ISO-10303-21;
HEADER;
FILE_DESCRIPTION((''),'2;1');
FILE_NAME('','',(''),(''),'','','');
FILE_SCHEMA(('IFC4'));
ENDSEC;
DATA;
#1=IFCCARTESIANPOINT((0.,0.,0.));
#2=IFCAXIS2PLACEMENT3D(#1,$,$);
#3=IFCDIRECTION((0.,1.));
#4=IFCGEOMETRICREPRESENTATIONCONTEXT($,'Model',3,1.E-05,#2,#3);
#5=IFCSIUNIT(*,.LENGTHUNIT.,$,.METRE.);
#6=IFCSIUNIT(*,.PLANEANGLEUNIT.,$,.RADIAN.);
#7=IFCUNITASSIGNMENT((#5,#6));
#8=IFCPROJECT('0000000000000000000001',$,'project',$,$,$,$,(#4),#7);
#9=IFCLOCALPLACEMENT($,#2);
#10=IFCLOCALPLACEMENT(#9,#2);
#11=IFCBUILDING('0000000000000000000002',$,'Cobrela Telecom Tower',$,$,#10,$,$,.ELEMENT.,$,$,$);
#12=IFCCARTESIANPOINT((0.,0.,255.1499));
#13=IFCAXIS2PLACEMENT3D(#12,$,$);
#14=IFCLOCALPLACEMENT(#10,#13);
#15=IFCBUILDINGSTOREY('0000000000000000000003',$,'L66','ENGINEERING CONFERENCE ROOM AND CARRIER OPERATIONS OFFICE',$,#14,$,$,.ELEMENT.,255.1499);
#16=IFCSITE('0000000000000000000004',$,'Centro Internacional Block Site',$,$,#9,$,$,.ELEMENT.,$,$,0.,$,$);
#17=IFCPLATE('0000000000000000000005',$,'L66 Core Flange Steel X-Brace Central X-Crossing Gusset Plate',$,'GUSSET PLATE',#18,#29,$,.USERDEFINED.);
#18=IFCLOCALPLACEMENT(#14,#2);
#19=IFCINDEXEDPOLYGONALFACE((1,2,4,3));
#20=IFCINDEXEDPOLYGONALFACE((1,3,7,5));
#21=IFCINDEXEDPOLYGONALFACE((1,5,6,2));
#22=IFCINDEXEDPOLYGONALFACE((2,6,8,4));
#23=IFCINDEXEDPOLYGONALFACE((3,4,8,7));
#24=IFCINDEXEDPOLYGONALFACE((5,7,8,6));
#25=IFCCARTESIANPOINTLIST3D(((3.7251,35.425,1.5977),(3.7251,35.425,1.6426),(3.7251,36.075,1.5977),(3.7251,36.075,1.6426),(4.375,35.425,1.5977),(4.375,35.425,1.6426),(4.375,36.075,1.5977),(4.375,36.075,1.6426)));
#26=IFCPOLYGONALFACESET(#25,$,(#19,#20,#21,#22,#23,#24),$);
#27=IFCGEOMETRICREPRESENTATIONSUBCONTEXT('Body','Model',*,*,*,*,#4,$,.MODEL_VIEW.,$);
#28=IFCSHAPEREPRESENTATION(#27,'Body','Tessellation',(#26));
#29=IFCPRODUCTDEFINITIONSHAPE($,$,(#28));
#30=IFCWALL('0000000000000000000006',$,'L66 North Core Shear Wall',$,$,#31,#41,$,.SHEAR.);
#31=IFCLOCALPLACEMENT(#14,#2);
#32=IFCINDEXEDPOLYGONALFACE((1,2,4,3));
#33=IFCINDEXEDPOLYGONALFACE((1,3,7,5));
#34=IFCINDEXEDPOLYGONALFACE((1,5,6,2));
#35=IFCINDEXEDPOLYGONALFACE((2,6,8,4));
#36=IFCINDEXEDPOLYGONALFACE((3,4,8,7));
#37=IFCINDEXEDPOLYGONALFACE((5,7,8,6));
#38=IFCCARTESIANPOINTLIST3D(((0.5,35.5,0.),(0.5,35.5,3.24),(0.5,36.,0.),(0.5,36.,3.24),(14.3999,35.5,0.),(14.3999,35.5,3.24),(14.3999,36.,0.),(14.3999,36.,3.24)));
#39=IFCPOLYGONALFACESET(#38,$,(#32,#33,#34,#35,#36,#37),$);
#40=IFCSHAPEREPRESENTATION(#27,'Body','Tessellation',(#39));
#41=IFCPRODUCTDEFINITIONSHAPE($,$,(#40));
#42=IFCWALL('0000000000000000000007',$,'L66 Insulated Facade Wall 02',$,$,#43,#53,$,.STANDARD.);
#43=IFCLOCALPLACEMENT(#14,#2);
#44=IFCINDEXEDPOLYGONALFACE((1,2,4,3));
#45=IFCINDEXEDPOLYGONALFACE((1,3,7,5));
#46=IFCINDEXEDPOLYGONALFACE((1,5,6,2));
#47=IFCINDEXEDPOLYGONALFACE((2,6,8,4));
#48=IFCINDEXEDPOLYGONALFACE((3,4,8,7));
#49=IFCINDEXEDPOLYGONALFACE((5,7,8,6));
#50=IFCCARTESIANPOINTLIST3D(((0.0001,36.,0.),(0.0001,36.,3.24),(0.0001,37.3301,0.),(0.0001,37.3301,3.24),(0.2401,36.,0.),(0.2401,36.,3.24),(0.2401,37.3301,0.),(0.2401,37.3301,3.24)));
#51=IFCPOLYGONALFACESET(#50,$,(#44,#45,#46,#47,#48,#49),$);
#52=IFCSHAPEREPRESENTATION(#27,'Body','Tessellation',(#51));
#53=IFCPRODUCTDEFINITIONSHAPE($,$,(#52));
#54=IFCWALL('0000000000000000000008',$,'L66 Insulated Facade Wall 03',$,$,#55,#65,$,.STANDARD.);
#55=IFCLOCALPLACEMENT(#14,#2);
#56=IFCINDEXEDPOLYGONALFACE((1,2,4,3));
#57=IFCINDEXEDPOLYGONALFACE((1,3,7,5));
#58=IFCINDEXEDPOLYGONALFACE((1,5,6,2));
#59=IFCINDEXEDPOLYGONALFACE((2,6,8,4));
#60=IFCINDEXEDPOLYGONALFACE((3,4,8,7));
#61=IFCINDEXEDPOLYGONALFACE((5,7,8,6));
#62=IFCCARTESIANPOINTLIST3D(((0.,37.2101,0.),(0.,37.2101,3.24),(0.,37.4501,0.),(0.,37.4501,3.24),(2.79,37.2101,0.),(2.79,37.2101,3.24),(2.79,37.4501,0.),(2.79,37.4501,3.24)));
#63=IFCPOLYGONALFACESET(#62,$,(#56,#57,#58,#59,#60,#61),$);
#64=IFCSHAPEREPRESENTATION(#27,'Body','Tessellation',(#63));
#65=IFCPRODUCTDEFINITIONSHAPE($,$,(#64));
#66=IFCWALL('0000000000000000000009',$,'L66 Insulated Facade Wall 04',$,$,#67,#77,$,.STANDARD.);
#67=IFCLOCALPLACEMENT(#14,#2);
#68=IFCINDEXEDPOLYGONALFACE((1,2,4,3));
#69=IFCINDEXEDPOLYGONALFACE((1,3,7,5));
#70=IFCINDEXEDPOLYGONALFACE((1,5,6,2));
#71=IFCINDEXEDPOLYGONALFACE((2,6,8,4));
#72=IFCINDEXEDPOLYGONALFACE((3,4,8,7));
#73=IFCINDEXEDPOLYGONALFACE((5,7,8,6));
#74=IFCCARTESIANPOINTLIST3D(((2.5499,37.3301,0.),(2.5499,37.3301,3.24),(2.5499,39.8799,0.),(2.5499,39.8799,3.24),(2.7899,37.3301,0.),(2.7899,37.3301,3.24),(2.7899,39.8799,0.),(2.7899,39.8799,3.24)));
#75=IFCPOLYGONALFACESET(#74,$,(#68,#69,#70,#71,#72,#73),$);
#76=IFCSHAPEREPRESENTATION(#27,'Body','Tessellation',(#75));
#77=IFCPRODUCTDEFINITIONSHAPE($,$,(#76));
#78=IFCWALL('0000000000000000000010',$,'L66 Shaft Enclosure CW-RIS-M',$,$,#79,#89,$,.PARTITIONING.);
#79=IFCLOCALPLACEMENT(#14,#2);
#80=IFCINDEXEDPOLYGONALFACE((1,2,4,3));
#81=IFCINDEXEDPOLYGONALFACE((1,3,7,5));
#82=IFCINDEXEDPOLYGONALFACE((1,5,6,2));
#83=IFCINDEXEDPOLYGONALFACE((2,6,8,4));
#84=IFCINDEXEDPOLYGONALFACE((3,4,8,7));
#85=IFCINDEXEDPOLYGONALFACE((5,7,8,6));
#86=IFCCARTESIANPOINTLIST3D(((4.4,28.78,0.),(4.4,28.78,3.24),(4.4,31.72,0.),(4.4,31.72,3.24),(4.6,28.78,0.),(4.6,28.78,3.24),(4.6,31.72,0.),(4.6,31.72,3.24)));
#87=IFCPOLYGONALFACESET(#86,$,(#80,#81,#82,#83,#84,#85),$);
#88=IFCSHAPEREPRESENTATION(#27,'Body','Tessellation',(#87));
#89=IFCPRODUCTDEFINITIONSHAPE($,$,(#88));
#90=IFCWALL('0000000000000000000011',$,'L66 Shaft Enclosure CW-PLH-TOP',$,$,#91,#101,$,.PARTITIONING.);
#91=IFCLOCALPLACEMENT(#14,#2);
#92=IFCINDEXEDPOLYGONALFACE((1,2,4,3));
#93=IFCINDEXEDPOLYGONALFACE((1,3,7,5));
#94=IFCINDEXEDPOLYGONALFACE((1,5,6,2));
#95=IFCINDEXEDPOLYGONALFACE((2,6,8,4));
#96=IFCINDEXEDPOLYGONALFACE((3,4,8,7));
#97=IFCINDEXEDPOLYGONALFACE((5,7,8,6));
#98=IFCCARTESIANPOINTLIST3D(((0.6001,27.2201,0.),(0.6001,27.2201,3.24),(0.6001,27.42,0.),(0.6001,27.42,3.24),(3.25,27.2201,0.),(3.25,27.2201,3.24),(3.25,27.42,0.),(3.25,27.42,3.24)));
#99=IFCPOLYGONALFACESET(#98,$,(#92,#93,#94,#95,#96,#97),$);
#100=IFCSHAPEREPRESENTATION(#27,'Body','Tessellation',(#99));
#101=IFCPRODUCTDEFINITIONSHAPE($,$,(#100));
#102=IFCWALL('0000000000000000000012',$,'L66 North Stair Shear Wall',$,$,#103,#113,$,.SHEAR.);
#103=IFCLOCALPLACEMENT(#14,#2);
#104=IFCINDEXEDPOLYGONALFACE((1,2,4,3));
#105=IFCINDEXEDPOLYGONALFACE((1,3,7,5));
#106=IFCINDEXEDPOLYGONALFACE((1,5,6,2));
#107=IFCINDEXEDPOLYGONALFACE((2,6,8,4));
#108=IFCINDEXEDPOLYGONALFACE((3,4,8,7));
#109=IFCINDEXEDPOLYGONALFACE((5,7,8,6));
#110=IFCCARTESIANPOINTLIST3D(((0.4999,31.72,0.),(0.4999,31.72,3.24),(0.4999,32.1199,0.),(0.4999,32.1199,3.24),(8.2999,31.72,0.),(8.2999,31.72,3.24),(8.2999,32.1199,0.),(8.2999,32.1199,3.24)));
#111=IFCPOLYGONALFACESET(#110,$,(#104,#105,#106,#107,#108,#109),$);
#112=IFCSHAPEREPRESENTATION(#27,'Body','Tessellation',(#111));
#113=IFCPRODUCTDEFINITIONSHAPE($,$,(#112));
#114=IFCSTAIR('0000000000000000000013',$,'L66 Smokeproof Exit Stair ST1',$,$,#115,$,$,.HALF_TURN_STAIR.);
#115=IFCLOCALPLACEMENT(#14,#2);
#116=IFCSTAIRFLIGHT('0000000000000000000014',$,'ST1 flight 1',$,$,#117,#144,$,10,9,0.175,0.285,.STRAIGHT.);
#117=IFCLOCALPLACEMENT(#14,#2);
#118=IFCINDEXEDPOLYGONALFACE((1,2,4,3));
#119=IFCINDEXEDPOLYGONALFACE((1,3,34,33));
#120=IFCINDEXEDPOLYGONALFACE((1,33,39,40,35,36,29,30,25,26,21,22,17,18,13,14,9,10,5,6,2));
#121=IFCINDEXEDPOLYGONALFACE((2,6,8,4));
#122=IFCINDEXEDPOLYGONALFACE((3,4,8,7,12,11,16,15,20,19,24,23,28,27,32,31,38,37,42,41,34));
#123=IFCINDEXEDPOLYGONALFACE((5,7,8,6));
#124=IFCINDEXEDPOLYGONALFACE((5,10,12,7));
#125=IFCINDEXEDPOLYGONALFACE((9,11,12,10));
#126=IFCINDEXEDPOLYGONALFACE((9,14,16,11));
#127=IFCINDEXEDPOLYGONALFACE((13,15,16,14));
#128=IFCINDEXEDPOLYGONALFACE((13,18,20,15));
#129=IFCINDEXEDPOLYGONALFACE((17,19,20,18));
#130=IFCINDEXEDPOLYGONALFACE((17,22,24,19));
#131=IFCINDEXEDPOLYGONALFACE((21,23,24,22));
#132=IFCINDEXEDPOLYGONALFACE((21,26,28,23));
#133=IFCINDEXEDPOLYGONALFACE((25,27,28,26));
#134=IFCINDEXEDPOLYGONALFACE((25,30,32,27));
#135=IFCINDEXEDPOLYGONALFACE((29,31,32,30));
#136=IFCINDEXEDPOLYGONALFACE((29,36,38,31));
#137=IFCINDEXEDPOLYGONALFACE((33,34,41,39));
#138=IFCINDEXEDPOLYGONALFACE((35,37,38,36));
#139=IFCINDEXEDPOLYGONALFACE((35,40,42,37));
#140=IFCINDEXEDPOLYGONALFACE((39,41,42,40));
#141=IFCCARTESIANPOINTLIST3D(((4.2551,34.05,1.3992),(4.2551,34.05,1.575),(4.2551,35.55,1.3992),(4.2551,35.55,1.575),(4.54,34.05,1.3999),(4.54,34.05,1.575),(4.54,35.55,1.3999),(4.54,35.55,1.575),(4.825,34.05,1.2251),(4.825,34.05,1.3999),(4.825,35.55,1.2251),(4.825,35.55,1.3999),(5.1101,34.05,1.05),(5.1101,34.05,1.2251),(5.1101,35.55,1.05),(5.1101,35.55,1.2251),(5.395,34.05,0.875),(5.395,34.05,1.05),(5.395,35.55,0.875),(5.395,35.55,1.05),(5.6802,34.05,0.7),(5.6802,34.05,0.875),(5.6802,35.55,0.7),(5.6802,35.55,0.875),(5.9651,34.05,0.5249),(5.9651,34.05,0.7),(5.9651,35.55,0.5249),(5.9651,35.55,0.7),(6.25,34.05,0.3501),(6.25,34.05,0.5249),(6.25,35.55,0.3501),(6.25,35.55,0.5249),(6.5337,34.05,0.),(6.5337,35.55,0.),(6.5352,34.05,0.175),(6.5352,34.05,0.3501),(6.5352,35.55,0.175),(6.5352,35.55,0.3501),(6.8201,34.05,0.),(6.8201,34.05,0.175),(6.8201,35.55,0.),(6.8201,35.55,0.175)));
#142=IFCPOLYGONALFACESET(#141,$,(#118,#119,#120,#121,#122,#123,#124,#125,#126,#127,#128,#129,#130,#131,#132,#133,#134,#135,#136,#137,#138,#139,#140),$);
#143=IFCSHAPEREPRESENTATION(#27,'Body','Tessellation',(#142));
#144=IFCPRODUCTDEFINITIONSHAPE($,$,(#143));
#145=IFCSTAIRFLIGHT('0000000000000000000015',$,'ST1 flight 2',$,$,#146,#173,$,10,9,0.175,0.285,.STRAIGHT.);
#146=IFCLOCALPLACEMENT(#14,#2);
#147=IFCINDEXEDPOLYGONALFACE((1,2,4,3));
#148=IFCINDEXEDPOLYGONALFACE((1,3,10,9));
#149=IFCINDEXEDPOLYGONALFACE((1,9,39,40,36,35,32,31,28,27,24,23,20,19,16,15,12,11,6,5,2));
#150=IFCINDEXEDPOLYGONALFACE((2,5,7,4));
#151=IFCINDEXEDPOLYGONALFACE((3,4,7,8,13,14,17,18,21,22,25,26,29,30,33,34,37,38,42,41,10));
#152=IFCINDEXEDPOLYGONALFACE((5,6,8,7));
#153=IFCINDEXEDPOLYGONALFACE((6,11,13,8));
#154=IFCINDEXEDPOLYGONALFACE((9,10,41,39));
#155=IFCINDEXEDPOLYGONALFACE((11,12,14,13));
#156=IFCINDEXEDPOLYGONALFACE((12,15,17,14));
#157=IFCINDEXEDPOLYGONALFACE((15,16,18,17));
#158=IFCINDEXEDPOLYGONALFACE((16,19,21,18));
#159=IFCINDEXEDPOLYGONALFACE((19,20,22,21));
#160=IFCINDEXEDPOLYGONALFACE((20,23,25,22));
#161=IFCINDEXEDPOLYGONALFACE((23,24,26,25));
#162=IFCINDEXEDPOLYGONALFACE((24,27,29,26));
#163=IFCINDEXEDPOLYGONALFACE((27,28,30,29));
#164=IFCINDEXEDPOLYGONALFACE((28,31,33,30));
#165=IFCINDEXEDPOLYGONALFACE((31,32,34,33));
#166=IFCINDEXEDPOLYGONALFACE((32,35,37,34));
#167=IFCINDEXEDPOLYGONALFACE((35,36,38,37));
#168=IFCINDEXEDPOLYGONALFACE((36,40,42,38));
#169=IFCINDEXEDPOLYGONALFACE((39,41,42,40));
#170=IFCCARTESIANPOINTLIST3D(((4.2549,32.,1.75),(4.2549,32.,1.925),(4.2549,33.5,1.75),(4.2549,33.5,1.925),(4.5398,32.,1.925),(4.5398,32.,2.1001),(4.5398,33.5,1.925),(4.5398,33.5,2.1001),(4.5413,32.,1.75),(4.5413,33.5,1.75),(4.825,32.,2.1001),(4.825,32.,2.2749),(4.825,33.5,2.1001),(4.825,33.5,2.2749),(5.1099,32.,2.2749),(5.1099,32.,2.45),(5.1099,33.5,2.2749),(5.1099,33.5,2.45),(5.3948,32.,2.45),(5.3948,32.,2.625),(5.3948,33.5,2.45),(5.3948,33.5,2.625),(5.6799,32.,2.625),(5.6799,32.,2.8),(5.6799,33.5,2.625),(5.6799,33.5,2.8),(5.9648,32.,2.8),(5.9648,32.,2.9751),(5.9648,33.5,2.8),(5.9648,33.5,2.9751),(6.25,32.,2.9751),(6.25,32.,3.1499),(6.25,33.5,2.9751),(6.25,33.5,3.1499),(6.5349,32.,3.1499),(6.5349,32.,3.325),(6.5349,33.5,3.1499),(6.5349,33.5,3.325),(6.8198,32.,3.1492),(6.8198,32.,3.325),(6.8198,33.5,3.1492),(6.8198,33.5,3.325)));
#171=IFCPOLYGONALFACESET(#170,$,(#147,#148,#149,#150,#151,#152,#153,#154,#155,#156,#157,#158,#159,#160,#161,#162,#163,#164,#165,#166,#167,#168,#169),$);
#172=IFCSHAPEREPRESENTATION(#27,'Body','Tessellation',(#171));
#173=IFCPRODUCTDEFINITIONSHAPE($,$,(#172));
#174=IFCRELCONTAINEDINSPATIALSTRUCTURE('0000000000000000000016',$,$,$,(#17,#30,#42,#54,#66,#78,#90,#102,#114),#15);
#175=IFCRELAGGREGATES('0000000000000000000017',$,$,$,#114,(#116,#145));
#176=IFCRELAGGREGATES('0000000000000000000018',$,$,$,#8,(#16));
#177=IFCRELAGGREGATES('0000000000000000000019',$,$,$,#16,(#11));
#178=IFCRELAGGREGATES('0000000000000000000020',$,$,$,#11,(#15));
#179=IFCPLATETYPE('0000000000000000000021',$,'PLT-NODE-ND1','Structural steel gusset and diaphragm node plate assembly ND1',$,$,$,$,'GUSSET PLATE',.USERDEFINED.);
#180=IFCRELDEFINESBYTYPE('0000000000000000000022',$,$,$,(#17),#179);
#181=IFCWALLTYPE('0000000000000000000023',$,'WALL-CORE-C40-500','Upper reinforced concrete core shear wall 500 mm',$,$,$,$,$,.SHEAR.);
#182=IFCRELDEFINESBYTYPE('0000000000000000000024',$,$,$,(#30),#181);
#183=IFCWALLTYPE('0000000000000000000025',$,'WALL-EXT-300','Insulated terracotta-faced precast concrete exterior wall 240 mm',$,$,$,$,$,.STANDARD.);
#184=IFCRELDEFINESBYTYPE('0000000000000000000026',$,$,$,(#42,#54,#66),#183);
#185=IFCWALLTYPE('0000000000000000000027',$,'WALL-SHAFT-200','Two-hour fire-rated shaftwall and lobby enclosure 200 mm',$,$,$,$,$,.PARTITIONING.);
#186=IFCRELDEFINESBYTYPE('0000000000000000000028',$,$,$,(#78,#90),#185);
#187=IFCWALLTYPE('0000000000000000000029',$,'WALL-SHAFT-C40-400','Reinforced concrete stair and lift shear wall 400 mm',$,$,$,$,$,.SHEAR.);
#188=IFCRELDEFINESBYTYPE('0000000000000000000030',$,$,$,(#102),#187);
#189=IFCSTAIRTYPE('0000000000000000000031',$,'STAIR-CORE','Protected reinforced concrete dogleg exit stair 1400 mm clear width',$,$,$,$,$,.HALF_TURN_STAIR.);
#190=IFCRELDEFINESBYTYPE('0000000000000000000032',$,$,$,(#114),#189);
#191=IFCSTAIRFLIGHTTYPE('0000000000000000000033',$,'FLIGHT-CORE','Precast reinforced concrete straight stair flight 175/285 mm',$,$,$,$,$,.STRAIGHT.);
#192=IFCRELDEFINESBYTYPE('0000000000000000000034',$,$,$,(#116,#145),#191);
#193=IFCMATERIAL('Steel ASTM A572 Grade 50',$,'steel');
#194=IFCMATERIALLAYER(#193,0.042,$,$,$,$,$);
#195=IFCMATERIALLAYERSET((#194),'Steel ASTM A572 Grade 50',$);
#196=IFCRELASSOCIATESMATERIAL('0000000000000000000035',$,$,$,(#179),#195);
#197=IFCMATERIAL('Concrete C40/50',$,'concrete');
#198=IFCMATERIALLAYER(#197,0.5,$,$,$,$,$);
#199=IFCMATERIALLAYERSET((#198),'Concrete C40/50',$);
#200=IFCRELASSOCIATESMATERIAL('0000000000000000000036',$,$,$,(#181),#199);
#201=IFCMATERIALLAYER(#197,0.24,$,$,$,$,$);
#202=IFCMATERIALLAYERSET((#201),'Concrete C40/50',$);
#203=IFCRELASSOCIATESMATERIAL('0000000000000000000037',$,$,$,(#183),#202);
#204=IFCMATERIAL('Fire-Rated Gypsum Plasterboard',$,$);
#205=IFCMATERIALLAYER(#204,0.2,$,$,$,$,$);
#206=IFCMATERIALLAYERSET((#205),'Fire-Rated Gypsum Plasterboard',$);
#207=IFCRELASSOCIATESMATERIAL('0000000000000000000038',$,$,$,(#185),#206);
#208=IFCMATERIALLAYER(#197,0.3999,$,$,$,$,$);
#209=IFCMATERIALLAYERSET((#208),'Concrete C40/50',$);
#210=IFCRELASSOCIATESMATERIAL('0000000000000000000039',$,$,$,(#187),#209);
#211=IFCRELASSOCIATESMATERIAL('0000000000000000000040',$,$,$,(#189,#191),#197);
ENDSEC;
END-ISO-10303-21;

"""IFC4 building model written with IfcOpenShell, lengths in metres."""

from ifc_helpers import new_model, si_unit, direction, frame, frame_2d, origin, origin_2d, place, context, subcontext, project, spatial, polyline, rectangle, outline, extrude, material, layer, layer_set, type_object, element, aggregate, save


model = new_model("IFC4")

# Units and contexts
model_context = context("Model", 3, precision=1e-05, world=origin(), true_north=direction((0.0, 1.0)))
body_context = subcontext(model_context, "Body", "Model", "MODEL_VIEW")
ifc_project = project(units=[si_unit("LENGTHUNIT", "METRE"), si_unit("PLANEANGLEUNIT", "RADIAN")], contexts=[model_context])

# Site, building, storey
site_placement = place(None, origin())
site = spatial("IfcSite", under=ifc_project, at=site_placement, Name="Centro Internacional Block Site", CompositionType="ELEMENT", RefElevation=0.0)
building_placement = place(site_placement, origin())
building = spatial("IfcBuilding", under=site, at=building_placement, Name="Cobrela Telecom Tower", CompositionType="ELEMENT")
storey_placement = place(building_placement, frame((0.0, 0.0, 255.1499)))
storey = spatial("IfcBuildingStorey", under=building, at=storey_placement, Name="L66", Description="ENGINEERING CONFERENCE ROOM AND CARRIER OPERATIONS OFFICE", CompositionType="ELEMENT", Elevation=255.1499)

# Shared definitions
ifc_material_1 = material(Name="Steel ASTM A572 Grade 50", Category="steel")

# Plate
ifc_layer_1 = layer(ifc_material_1, 0.042)
ifc_layer_set_1 = layer_set([ifc_layer_1], Name="Steel ASTM A572 Grade 50")
plate_type_1 = type_object("IfcPlateType", Name="PLT-NODE-ND1", Description="Structural steel gusset and diaphragm node plate assembly ND1", ElementType="GUSSET PLATE", PredefinedType="USERDEFINED", material=ifc_layer_set_1)
plate_1_placement = place(storey_placement, frame((4.05, 35.75, 1.5977), z_axis=(0.0, 0.0, 1.0), x_axis=(1.0, 0.0, 0.0)))
element("IfcPlate", 1, at=plate_1_placement, inside=storey, type_object=plate_type_1, Name="L66 Core Flange Steel X-Brace Central X-Crossing Gusset Plate", ObjectType="GUSSET PLATE", PredefinedType="USERDEFINED", context=body_context, shape_type="SweptSolid", body=[
    extrude(rectangle(XDim=0.6499, YDim=0.6499, at=origin_2d()), origin(), (0.0, 0.0, 1.0), 0.0449),
])

# Walls
ifc_material_2 = material(Name="Concrete C40/50", Category="concrete")
ifc_layer_2 = layer(ifc_material_2, 0.5)
ifc_layer_set_2 = layer_set([ifc_layer_2], Name="Concrete C40/50")
wall_type_1 = type_object("IfcWallType", Name="WALL-CORE-C40-500", Description="Upper reinforced concrete core shear wall 500 mm", PredefinedType="SHEAR", material=ifc_layer_set_2)
wall_1_placement = place(storey_placement, frame((0.5, 35.75, 0.0), z_axis=(0.0, 0.0, 1.0), x_axis=(1.0, 0.0, 0.0)))
element("IfcWall", 2, at=wall_1_placement, inside=storey, type_object=wall_type_1, Name="L66 North Core Shear Wall", PredefinedType="SHEAR", context=body_context, shape_type="SweptSolid", body=[
    extrude(rectangle(XDim=13.8999, YDim=0.5, at=frame_2d((6.95, 0.0))), origin(), (0.0, 0.0, 1.0), 3.24),
])
ifc_layer_3 = layer(ifc_material_2, 0.24)
ifc_layer_set_3 = layer_set([ifc_layer_3], Name="Concrete C40/50")
wall_type_2 = type_object("IfcWallType", Name="WALL-EXT-300", Description="Insulated terracotta-faced precast concrete exterior wall 240 mm", PredefinedType="STANDARD", material=ifc_layer_set_3)
wall_2_placement = place(storey_placement, frame((0.1201, 36.0, 0.0), z_axis=(0.0, 0.0, 1.0), x_axis=(0.0, 1.0, 0.0)))
element("IfcWall", 3, at=wall_2_placement, inside=storey, type_object=wall_type_2, Name="L66 Insulated Facade Wall 02", PredefinedType="STANDARD", context=body_context, shape_type="SweptSolid", body=[
    extrude(rectangle(XDim=1.3301, YDim=0.24, at=frame_2d((0.665, 0.0))), origin(), (0.0, 0.0, 1.0), 3.24),
])
wall_3_placement = place(storey_placement, frame((0.0, 37.3301, 0.0), z_axis=(0.0, 0.0, 1.0), x_axis=(1.0, 0.0, 0.0)))
element("IfcWall", 4, at=wall_3_placement, inside=storey, type_object=wall_type_2, Name="L66 Insulated Facade Wall 03", PredefinedType="STANDARD", context=body_context, shape_type="SweptSolid", body=[
    extrude(rectangle(XDim=2.79, YDim=0.24, at=frame_2d((1.395, 0.0))), origin(), (0.0, 0.0, 1.0), 3.24),
])
wall_4_placement = place(storey_placement, frame((2.6699, 37.3301, 0.0), z_axis=(0.0, 0.0, 1.0), x_axis=(0.0, 1.0, 0.0)))
element("IfcWall", 5, at=wall_4_placement, inside=storey, type_object=wall_type_2, Name="L66 Insulated Facade Wall 04", PredefinedType="STANDARD", context=body_context, shape_type="SweptSolid", body=[
    extrude(rectangle(XDim=2.5498, YDim=0.24, at=frame_2d((1.2749, 0.0))), origin(), (0.0, 0.0, 1.0), 3.24),
])

# Shared definitions
ifc_material_3 = material(Name="Fire-Rated Gypsum Plasterboard")
ifc_layer_4 = layer(ifc_material_3, 0.2)
ifc_layer_set_4 = layer_set([ifc_layer_4], Name="Fire-Rated Gypsum Plasterboard")
wall_type_3 = type_object("IfcWallType", Name="WALL-SHAFT-200", Description="Two-hour fire-rated shaftwall and lobby enclosure 200 mm", PredefinedType="PARTITIONING", material=ifc_layer_set_4)

# Walls
wall_5_placement = place(storey_placement, frame((4.5, 28.78, 0.0), z_axis=(0.0, 0.0, 1.0), x_axis=(0.0, 1.0, 0.0)))
element("IfcWall", 6, at=wall_5_placement, inside=storey, type_object=wall_type_3, Name="L66 Shaft Enclosure CW-RIS-M", PredefinedType="PARTITIONING", context=body_context, shape_type="SweptSolid", body=[
    extrude(rectangle(XDim=2.9399, YDim=0.2, at=frame_2d((1.47, 0.0))), origin(), (0.0, 0.0, 1.0), 3.24),
])
wall_6_placement = place(storey_placement, frame((0.6001, 27.3201, 0.0), z_axis=(0.0, 0.0, 1.0), x_axis=(1.0, 0.0, 0.0)))
element("IfcWall", 7, at=wall_6_placement, inside=storey, type_object=wall_type_3, Name="L66 Shaft Enclosure CW-PLH-TOP", PredefinedType="PARTITIONING", context=body_context, shape_type="SweptSolid", body=[
    extrude(rectangle(XDim=2.6499, YDim=0.2, at=frame_2d((1.325, 0.0))), origin(), (0.0, 0.0, 1.0), 3.24),
])
ifc_layer_5 = layer(ifc_material_2, 0.3999)
ifc_layer_set_5 = layer_set([ifc_layer_5], Name="Concrete C40/50")
wall_type_4 = type_object("IfcWallType", Name="WALL-SHAFT-C40-400", Description="Reinforced concrete stair and lift shear wall 400 mm", PredefinedType="SHEAR", material=ifc_layer_set_5)
wall_7_placement = place(storey_placement, frame((0.5, 31.9199, 0.0), z_axis=(0.0, 0.0, 1.0), x_axis=(1.0, 0.0, 0.0)))
element("IfcWall", 8, at=wall_7_placement, inside=storey, type_object=wall_type_4, Name="L66 North Stair Shear Wall", PredefinedType="SHEAR", context=body_context, shape_type="SweptSolid", body=[
    extrude(rectangle(XDim=7.8, YDim=0.3999, at=frame_2d((3.8999, 0.0))), origin(), (0.0, 0.0, 1.0), 3.24),
])

# Stair, stair flights
stair_type = type_object("IfcStairType", Name="STAIR-CORE", Description="Protected reinforced concrete dogleg exit stair 1400 mm clear width", PredefinedType="HALF_TURN_STAIR", material=ifc_material_2)
stair_placement = place(storey_placement, origin())
stair = element("IfcStair", 9, at=stair_placement, inside=storey, type_object=stair_type, Name="L66 Smokeproof Exit Stair ST1", PredefinedType="HALF_TURN_STAIR")
stair_flight_type = type_object("IfcStairFlightType", Name="FLIGHT-CORE", Description="Precast reinforced concrete straight stair flight 175/285 mm", PredefinedType="STRAIGHT", material=ifc_material_2)
stair_flight_1_placement = place(storey_placement, frame((6.8201, 34.8, 0.0), z_axis=(0.0, 0.0, 1.0), x_axis=(-1.0, 0.0, 0.0)))
stair_flight_1 = element("IfcStairFlight", 10, at=stair_flight_1_placement, type_object=stair_flight_type, Name="ST1 flight 1", NumberOfRisers=10, NumberOfTreads=9, PredefinedType="STRAIGHT", RiserHeight=0.175, TreadLength=0.285, context=body_context, shape_type="SweptSolid", body=[
    extrude(outline(polyline([(0.0, 0.0), (0.0, 0.175), (0.2849, 0.175), (0.2849, 0.3501), (0.5701, 0.3501), (0.5701, 0.5249), (0.855, 0.5249), (0.855, 0.7), (1.1399, 0.7), (1.1399, 0.875), (1.425, 0.875), (1.425, 1.05), (1.71, 1.05), (1.71, 1.2251), (1.9951, 1.2251), (1.9951, 1.3999), (2.28, 1.3999), (2.28, 1.575), (2.5649, 1.575), (2.5649, 1.75), (2.5649, 1.3992), (0.2864, 0.0), (0.0, 0.0)])), frame((0.0, 0.75, 0.0), z_axis=(0.0, -1.0, 0.0), x_axis=(1.0, 0.0, 0.0)), (0.0, 0.0, 1.0), 1.5),
])
stair_flight_2_placement = place(storey_placement, frame((4.2549, 32.75, 1.75), z_axis=(0.0, 0.0, 1.0), x_axis=(1.0, 0.0, 0.0)))
stair_flight_2 = element("IfcStairFlight", 11, at=stair_flight_2_placement, type_object=stair_flight_type, Name="ST1 flight 2", NumberOfRisers=10, NumberOfTreads=9, PredefinedType="STRAIGHT", RiserHeight=0.175, TreadLength=0.285, context=body_context, shape_type="SweptSolid", body=[
    extrude(outline(polyline([(0.0, 0.0), (0.0, 0.175), (0.2849, 0.175), (0.2849, 0.3501), (0.5701, 0.3501), (0.5701, 0.5249), (0.855, 0.5249), (0.855, 0.7), (1.1399, 0.7), (1.1399, 0.875), (1.425, 0.875), (1.425, 1.05), (1.71, 1.05), (1.71, 1.2251), (1.9951, 1.2251), (1.9951, 1.3999), (2.28, 1.3999), (2.28, 1.575), (2.5649, 1.575), (2.5649, 1.75), (2.5649, 1.3992), (0.2864, 0.0), (0.0, 0.0)])), frame((0.0, 0.75, 0.0), z_axis=(0.0, -1.0, 0.0), x_axis=(1.0, 0.0, 0.0)), (0.0, 0.0, 1.0), 1.5),
])
aggregate(stair, [stair_flight_1, stair_flight_2])

save(model, "model.ifc")
